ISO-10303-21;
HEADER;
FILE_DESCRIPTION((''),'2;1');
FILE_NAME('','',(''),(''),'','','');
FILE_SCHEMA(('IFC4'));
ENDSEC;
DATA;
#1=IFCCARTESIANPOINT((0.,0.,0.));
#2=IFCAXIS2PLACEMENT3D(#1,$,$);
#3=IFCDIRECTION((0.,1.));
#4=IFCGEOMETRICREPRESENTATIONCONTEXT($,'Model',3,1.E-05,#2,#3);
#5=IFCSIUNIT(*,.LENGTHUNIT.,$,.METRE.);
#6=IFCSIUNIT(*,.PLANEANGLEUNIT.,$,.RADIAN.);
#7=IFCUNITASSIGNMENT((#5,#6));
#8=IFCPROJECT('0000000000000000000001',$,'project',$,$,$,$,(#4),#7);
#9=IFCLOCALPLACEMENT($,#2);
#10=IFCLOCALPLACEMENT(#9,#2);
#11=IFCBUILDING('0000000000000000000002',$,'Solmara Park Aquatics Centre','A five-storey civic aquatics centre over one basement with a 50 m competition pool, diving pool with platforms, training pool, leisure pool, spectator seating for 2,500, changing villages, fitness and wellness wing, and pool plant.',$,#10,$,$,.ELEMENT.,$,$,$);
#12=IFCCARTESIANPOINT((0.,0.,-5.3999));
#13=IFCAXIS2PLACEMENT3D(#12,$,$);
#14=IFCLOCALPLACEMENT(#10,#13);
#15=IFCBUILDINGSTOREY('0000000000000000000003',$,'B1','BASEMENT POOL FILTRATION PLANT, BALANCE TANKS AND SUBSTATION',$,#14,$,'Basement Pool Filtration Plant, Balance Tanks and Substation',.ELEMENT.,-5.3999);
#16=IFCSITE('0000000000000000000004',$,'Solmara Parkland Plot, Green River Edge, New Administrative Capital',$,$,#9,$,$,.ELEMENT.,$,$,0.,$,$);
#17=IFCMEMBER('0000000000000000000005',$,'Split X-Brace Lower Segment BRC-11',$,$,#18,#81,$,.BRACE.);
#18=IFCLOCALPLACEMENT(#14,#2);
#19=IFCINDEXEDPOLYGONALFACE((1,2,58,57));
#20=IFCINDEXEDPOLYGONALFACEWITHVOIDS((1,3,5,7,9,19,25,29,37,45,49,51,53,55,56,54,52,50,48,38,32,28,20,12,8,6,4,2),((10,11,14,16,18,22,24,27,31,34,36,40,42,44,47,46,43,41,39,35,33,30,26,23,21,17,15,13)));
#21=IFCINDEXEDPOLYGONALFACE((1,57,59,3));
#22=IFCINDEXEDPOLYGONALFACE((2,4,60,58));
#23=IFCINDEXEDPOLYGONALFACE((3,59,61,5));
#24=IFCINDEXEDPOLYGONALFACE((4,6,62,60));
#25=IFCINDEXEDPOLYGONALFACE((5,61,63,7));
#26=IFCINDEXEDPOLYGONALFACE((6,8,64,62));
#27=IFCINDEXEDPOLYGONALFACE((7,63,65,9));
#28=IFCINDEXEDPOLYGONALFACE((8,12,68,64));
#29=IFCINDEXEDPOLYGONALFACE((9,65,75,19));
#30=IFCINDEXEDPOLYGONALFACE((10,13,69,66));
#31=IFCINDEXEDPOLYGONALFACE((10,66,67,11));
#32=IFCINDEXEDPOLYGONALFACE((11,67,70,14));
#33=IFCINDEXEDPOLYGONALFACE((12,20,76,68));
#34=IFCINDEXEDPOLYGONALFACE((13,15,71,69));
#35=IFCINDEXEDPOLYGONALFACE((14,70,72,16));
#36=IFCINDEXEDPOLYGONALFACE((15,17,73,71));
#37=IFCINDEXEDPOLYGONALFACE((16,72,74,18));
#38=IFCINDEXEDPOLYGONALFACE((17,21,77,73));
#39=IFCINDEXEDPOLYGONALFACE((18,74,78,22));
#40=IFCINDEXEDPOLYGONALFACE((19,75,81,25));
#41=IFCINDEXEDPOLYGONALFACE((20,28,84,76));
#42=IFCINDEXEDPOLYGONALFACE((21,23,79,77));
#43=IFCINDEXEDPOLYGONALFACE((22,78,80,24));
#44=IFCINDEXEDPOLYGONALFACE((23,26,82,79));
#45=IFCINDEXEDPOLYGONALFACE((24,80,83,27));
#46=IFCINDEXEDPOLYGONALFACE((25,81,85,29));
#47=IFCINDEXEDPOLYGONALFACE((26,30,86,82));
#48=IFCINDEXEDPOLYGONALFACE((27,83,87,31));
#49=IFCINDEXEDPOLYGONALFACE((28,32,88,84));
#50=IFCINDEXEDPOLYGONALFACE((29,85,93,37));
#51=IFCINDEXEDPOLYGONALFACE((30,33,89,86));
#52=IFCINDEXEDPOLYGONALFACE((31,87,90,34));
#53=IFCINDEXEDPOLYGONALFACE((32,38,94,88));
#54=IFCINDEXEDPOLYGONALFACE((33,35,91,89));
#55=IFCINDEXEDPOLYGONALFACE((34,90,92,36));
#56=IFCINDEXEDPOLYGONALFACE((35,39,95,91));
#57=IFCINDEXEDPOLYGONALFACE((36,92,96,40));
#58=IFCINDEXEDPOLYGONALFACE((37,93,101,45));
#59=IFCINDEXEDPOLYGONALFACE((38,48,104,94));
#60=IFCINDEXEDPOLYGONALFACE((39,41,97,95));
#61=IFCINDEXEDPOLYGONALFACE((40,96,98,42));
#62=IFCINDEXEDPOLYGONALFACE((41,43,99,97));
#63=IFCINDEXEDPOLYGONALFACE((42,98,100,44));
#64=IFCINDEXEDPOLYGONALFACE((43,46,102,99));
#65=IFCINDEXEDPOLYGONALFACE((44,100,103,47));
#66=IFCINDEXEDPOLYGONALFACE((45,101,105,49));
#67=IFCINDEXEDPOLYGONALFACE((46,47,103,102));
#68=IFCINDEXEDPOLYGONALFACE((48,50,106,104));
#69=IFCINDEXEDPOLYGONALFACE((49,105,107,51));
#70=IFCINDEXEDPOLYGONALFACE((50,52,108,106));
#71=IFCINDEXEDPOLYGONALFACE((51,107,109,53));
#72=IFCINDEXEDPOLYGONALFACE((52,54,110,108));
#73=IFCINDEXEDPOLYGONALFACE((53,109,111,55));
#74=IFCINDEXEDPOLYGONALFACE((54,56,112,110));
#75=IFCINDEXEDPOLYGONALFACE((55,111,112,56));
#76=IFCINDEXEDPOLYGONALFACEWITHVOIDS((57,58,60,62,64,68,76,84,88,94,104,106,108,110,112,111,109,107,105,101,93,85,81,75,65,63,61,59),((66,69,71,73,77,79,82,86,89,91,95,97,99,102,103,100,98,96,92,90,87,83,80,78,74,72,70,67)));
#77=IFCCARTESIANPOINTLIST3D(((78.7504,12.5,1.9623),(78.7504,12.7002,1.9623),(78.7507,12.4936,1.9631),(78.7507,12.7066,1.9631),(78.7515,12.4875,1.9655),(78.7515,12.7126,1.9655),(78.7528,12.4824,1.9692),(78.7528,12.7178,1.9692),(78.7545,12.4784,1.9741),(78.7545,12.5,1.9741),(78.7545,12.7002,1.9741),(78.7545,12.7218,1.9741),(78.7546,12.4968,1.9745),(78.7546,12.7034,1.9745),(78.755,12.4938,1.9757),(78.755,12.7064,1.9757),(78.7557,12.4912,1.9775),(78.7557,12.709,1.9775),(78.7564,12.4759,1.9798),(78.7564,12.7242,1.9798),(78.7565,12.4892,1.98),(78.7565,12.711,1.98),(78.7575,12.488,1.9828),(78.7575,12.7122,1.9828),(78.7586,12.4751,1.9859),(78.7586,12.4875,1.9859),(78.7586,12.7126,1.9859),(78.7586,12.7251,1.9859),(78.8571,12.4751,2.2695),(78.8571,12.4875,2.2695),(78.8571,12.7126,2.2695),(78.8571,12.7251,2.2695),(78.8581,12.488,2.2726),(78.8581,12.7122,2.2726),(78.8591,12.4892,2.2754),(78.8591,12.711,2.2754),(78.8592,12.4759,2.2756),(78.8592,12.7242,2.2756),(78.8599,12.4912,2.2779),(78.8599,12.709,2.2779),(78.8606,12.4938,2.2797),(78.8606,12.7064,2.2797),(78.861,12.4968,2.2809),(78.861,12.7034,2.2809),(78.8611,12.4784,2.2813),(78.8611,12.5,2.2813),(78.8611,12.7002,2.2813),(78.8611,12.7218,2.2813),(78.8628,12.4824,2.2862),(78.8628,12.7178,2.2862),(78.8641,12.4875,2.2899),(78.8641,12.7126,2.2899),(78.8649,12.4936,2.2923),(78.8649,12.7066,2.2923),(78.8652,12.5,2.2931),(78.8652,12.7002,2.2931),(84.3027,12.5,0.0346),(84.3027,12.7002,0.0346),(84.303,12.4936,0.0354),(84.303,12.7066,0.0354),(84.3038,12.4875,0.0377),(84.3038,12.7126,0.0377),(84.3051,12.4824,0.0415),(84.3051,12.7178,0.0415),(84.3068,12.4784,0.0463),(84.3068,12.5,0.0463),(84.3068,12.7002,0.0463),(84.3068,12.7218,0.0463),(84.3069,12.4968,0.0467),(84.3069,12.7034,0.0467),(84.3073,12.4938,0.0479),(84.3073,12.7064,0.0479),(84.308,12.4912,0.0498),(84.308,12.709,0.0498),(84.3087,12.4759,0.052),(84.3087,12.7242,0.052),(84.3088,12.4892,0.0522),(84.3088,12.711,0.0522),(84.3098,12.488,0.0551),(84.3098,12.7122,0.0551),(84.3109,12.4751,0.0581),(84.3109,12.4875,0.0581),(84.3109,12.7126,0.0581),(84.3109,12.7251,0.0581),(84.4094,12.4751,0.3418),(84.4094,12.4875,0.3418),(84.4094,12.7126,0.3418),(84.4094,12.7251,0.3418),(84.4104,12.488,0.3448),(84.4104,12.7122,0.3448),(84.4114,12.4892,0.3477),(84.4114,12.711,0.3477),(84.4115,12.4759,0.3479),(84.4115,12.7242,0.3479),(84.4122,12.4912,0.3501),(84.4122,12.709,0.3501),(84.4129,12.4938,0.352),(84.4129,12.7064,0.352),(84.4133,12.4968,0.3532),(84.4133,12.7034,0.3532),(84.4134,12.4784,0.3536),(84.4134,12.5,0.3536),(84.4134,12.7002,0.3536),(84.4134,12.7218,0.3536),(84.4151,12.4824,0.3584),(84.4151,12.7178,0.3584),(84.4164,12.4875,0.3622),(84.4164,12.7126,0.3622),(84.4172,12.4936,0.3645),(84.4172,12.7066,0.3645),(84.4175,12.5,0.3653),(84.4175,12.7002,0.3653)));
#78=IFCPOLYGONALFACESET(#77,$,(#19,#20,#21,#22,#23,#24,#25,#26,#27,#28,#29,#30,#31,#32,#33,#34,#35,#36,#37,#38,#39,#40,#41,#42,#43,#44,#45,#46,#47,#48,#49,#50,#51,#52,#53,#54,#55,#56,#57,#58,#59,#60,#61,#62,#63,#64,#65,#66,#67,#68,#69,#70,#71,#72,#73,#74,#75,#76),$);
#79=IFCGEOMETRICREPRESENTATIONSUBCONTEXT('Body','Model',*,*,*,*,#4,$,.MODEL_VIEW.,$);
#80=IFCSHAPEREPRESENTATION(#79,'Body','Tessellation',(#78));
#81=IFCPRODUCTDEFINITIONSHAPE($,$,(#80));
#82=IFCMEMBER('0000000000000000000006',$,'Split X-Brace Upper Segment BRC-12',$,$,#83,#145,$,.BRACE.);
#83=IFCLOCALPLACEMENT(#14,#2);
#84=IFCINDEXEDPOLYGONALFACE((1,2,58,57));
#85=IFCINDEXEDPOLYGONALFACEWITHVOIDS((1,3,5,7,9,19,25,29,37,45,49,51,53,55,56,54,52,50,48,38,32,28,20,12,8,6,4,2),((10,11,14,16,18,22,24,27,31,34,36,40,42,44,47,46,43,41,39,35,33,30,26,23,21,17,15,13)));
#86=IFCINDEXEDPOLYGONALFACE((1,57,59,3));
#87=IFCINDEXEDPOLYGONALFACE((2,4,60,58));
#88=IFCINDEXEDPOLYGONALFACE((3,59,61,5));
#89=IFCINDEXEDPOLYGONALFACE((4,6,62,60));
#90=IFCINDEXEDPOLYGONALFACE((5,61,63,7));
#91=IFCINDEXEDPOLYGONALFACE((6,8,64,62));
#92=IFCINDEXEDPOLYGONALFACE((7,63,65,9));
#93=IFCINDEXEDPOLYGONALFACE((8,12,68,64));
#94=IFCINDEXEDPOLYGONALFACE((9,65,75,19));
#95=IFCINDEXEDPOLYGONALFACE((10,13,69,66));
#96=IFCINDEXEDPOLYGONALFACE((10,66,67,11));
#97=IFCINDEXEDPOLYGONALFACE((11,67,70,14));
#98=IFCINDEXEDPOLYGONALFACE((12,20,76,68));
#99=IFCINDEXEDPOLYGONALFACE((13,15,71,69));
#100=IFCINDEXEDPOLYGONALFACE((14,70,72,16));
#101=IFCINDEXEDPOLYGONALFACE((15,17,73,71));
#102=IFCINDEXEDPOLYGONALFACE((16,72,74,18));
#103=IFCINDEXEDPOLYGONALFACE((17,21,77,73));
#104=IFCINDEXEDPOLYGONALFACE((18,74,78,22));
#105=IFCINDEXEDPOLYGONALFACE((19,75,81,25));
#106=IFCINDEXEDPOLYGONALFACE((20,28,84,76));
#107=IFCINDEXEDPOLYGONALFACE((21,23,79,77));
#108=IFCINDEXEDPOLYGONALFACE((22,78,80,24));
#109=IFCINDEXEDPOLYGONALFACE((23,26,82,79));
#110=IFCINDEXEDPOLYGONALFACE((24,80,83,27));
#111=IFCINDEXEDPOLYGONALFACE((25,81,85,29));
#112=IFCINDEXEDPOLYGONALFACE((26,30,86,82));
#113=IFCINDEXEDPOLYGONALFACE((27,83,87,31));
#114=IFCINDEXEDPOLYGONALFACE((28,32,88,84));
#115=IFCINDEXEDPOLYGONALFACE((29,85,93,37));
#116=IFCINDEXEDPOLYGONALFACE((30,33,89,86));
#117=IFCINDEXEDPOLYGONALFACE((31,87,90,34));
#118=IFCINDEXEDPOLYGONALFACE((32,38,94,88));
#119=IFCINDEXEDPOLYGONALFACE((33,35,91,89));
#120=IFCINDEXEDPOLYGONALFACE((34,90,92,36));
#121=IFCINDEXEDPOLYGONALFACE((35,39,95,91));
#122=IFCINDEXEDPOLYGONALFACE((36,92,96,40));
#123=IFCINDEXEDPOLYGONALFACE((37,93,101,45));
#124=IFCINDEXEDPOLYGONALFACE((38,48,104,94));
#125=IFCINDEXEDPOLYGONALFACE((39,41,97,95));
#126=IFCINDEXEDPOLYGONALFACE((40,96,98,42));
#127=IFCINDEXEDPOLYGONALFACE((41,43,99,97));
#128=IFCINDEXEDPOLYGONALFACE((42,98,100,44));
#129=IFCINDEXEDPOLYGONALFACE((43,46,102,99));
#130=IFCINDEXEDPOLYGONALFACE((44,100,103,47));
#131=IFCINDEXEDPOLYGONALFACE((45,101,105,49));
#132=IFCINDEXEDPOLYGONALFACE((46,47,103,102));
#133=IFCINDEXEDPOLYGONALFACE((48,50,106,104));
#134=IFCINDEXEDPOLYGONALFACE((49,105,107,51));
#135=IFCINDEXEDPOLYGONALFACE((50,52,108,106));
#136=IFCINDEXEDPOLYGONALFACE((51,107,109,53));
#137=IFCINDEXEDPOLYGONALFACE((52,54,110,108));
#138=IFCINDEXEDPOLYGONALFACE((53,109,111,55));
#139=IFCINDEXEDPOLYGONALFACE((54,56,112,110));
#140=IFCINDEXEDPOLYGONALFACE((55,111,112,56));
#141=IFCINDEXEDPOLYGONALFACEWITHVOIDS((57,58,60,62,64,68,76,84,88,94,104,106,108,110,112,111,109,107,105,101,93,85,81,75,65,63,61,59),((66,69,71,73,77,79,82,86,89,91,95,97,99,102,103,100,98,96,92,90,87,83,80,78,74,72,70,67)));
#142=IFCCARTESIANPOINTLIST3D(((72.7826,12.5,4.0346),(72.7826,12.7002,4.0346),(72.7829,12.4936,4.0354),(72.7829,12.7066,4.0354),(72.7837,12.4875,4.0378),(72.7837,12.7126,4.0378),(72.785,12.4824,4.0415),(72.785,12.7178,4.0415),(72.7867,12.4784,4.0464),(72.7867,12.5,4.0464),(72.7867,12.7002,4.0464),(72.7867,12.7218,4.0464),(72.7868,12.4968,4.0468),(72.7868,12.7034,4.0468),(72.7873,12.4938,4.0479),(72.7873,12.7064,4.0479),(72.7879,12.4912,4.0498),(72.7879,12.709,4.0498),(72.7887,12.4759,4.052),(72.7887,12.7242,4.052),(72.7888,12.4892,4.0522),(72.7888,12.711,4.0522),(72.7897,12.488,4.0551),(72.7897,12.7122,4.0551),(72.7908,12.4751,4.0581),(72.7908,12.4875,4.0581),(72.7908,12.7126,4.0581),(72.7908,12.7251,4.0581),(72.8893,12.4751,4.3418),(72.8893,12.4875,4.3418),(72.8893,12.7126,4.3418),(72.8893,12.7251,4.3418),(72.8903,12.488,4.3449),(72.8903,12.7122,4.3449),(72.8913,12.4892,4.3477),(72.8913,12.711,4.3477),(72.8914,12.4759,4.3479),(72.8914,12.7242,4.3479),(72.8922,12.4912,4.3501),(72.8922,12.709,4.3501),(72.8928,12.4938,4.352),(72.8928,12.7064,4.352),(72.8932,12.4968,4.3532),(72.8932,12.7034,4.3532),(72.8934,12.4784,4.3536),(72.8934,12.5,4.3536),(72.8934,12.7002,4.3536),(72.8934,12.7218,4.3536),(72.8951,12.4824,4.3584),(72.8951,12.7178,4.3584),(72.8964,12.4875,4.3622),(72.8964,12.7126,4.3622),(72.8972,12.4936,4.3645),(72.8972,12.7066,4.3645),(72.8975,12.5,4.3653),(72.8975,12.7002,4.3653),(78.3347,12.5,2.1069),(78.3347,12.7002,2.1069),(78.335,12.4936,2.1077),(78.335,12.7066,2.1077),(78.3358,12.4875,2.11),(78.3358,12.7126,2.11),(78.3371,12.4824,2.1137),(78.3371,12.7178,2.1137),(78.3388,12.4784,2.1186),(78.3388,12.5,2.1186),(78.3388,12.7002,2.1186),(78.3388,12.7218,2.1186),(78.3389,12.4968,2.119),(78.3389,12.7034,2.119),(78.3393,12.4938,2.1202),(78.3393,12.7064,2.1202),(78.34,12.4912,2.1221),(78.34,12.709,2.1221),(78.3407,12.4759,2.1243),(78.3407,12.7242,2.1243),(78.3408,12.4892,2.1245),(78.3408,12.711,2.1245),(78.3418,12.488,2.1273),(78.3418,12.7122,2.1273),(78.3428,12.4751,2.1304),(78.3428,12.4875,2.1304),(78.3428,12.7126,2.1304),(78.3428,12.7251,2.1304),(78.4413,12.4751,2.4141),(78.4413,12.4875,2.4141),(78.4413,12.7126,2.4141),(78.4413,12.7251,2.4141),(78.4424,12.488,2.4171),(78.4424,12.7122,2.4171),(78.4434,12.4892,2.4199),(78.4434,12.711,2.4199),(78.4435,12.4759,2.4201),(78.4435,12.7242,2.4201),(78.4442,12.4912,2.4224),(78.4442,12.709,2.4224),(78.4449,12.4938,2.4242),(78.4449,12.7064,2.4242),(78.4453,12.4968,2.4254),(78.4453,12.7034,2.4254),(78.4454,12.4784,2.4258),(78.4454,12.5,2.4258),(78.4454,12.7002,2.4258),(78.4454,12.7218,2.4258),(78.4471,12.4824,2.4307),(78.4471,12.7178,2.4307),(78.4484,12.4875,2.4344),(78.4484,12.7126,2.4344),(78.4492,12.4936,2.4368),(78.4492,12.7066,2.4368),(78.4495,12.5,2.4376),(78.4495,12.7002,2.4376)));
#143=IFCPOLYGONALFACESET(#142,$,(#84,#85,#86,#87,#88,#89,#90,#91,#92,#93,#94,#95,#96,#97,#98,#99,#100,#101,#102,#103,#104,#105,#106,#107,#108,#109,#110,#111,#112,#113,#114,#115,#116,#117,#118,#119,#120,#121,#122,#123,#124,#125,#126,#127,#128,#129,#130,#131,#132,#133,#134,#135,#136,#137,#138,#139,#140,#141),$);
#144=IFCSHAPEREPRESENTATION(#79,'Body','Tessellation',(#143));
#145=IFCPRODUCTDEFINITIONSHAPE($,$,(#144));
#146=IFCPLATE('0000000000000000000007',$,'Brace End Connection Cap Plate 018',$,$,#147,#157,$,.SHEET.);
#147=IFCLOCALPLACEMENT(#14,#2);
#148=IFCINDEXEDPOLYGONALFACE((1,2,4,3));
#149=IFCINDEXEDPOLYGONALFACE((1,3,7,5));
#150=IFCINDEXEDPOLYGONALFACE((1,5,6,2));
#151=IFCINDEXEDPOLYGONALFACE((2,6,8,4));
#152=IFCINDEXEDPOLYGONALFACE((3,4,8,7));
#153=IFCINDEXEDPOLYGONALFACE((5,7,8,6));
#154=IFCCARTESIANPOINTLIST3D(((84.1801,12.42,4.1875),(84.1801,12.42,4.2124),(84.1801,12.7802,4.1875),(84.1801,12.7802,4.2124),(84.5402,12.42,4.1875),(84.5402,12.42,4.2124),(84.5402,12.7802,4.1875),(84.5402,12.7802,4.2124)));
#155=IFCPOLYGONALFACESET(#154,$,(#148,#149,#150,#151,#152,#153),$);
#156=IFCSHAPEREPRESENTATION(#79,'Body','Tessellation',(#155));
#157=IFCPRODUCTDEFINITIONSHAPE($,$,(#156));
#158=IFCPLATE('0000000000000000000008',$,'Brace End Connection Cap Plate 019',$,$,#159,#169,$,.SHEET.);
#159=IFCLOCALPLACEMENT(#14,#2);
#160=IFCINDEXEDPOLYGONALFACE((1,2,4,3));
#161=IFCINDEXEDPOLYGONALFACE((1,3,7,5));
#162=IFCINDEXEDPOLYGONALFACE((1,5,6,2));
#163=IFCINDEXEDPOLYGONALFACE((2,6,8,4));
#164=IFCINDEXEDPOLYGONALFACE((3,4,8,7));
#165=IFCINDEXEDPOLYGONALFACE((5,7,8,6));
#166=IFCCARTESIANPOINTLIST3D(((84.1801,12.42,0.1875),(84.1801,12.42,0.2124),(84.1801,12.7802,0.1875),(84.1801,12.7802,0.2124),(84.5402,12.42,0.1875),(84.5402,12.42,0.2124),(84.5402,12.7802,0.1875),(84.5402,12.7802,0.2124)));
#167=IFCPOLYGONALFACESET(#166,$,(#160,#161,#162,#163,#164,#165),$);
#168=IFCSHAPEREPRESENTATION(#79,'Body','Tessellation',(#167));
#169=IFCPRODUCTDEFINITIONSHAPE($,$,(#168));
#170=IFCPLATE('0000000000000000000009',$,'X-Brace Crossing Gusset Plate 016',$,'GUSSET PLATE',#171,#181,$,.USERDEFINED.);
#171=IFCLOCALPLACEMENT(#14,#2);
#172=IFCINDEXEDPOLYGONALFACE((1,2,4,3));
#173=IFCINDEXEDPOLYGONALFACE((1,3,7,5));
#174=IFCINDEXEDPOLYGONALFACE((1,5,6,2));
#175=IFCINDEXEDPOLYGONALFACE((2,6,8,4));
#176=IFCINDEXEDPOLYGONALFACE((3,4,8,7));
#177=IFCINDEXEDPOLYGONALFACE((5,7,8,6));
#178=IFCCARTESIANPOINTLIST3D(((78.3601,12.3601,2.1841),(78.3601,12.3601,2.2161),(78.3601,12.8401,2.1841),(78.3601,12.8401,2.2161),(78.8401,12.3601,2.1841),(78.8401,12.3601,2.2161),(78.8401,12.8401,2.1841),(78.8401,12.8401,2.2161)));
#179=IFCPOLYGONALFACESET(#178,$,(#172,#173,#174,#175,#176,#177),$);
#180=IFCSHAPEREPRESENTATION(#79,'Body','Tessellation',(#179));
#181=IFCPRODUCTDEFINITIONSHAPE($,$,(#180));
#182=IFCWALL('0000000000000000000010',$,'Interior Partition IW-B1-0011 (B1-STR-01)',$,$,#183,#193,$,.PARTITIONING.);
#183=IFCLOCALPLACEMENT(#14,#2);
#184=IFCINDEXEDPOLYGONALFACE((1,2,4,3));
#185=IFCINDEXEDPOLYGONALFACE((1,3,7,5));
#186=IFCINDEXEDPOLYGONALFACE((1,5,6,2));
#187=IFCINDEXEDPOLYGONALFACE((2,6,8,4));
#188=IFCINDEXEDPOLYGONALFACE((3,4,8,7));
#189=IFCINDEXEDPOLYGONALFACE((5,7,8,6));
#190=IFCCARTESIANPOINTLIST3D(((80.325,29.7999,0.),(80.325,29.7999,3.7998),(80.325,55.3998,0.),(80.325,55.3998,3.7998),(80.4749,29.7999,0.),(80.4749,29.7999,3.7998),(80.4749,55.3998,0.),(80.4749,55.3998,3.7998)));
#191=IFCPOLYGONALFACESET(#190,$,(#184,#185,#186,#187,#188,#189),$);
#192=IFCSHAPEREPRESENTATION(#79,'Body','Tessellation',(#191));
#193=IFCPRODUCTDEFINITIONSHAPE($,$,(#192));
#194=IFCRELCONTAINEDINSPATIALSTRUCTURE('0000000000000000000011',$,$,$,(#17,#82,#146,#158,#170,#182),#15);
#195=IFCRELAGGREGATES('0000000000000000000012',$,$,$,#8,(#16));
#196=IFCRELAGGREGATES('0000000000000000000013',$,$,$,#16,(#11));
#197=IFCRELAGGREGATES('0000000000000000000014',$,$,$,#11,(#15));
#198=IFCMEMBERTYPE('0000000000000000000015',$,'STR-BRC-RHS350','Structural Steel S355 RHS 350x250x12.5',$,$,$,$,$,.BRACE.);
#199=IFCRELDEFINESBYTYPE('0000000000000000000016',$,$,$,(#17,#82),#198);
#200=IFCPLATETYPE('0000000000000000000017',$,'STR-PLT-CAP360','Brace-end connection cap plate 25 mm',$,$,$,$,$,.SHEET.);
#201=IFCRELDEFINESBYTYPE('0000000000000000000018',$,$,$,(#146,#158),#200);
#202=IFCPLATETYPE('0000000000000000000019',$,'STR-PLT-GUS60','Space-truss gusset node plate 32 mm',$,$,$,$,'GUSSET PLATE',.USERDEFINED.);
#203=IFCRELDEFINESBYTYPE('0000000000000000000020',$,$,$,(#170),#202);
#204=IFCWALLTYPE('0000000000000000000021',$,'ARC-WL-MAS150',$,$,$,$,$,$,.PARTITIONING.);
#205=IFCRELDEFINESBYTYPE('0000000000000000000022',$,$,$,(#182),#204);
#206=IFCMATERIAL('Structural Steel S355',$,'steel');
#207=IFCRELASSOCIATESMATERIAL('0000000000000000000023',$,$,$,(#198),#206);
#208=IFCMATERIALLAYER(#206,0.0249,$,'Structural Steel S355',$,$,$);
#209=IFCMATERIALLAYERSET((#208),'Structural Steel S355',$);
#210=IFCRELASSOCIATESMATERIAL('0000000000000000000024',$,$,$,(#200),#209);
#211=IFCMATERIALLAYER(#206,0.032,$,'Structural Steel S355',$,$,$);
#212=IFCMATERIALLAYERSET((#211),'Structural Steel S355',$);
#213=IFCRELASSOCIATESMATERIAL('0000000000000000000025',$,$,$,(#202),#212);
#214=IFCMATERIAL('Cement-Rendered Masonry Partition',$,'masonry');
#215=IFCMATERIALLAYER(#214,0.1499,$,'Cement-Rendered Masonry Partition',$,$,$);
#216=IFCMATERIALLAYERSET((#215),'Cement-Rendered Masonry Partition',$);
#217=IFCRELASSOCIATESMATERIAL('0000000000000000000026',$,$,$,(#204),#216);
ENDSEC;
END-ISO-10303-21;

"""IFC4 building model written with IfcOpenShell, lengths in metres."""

from ifc_helpers import new_model, si_unit, direction, frame, frame_2d, origin, origin_2d, place, context, subcontext, project, spatial, rectangle, hollow_rectangle, extrude, material, layer, layer_set, material_profile, profile_set, type_object, element, save


model = new_model("IFC4")

# Units and contexts
model_context = context("Model", 3, precision=1e-05, world=origin(), true_north=direction((0.0, 1.0)))
body_context = subcontext(model_context, "Body", "Model", "MODEL_VIEW")
ifc_project = project(units=[si_unit("LENGTHUNIT", "METRE"), si_unit("PLANEANGLEUNIT", "RADIAN")], contexts=[model_context])

# Site, building, storey
site_placement = place(None, origin())
site = spatial("IfcSite", under=ifc_project, at=site_placement, Name="Solmara Parkland Plot, Green River Edge, New Administrative Capital", CompositionType="ELEMENT", RefElevation=0.0)
building_placement = place(site_placement, origin())
building = spatial("IfcBuilding", under=site, at=building_placement, Name="Solmara Park Aquatics Centre", Description="A five-storey civic aquatics centre over one basement with a 50 m competition pool, diving pool with platforms, training pool, leisure pool, spectator seating for 2,500, changing villages, fitness and wellness wing, and pool plant.", CompositionType="ELEMENT")
storey_placement = place(building_placement, frame((0.0, 0.0, -5.3999)))
storey = spatial("IfcBuildingStorey", under=building, at=storey_placement, Name="B1", Description="BASEMENT POOL FILTRATION PLANT, BALANCE TANKS AND SUBSTATION", LongName="Basement Pool Filtration Plant, Balance Tanks and Substation", CompositionType="ELEMENT", Elevation=-5.3999)

# Shared definitions
ifc_material_1 = material(Name="Structural Steel S355", Category="steel")

# Members
ifc_material_profile_1 = material_profile(ifc_material_1, hollow_rectangle(XDim=0.25, YDim=0.3501, WallThickness=0.0125, InnerFilletRadius=0.0125, OuterFilletRadius=0.0249, at=origin_2d()), Name="RHS 350x250x12.5")
ifc_profile_set_1 = profile_set([ifc_material_profile_1], Name="Structural Steel S355")
member_type = type_object("IfcMemberType", Name="STR-BRC-RHS350", Description="Structural Steel S355 RHS 350x250x12.5", PredefinedType="BRACE", material=ifc_profile_set_1)
member_1_placement = place(storey_placement, frame((84.3601, 12.6001, 0.2), z_axis=(-0.94468, 0.0, 0.327992), x_axis=(0.0, -1.0, 0.0)))
element("IfcMember", 1, at=member_1_placement, inside=storey, type_object=member_type, Name="Split X-Brace Lower Segment BRC-11", PredefinedType="BRACE", context=body_context, shape_type="SweptSolid", body=[
    extrude(hollow_rectangle(XDim=0.25, YDim=0.3501, WallThickness=0.0125, InnerFilletRadius=0.0125, OuterFilletRadius=0.0249, at=origin_2d()), origin(), (0.0, 0.0, 1.0), 5.8774),
])
member_2_placement = place(storey_placement, frame((78.3921, 12.6001, 2.2722), z_axis=(-0.944676, 0.0, 0.328005), x_axis=(0.0, -1.0, 0.0)))
element("IfcMember", 2, at=member_2_placement, inside=storey, type_object=member_type, Name="Split X-Brace Upper Segment BRC-12", PredefinedType="BRACE", context=body_context, shape_type="SweptSolid", body=[
    extrude(hollow_rectangle(XDim=0.25, YDim=0.3501, WallThickness=0.0125, InnerFilletRadius=0.0125, OuterFilletRadius=0.0249, at=origin_2d()), origin(), (0.0, 0.0, 1.0), 5.8772),
])

# Plates
ifc_layer_1 = layer(ifc_material_1, 0.0249, Name="Structural Steel S355")
ifc_layer_set_1 = layer_set([ifc_layer_1], Name="Structural Steel S355")
plate_type_1 = type_object("IfcPlateType", Name="STR-PLT-CAP360", Description="Brace-end connection cap plate 25 mm", PredefinedType="SHEET", material=ifc_layer_set_1)
for number, where, z_axis, x_axis, name in (
    (3, (84.3601, 12.6001, 4.1875), (0.0, 0.0, 1.0), (1.0, 0.0, 0.0), "Brace End Connection Cap Plate 018"),
    (4, (84.3601, 12.6001, 0.1875), (0.0, 0.0, 1.0), (1.0, 0.0, 0.0), "Brace End Connection Cap Plate 019"),
):
    element("IfcPlate", number, at=place(storey_placement, frame(where, z_axis=z_axis, x_axis=x_axis)), inside=storey, type_object=plate_type_1, Name=name, PredefinedType="SHEET", context=body_context, shape_type="SweptSolid", body=[
        extrude(rectangle(XDim=0.3601, YDim=0.3601, at=origin_2d()), origin(), (0.0, 0.0, 1.0), 0.0249),
    ])
ifc_layer_2 = layer(ifc_material_1, 0.032, Name="Structural Steel S355")
ifc_layer_set_2 = layer_set([ifc_layer_2], Name="Structural Steel S355")
plate_type_2 = type_object("IfcPlateType", Name="STR-PLT-GUS60", Description="Space-truss gusset node plate 32 mm", ElementType="GUSSET PLATE", PredefinedType="USERDEFINED", material=ifc_layer_set_2)
plate_placement = place(storey_placement, frame((78.6001, 12.6001, 2.1841), z_axis=(0.0, 0.0, 1.0), x_axis=(1.0, 0.0, 0.0)))
element("IfcPlate", 5, at=plate_placement, inside=storey, type_object=plate_type_2, Name="X-Brace Crossing Gusset Plate 016", ObjectType="GUSSET PLATE", PredefinedType="USERDEFINED", context=body_context, shape_type="SweptSolid", body=[
    extrude(rectangle(XDim=0.48, YDim=0.48, at=origin_2d()), origin(), (0.0, 0.0, 1.0), 0.032),
])

# Wall
ifc_material_2 = material(Name="Cement-Rendered Masonry Partition", Category="masonry")
ifc_layer_3 = layer(ifc_material_2, 0.1499, Name="Cement-Rendered Masonry Partition")
ifc_layer_set_3 = layer_set([ifc_layer_3], Name="Cement-Rendered Masonry Partition")
wall_type = type_object("IfcWallType", Name="ARC-WL-MAS150", PredefinedType="PARTITIONING", material=ifc_layer_set_3)
wall_1_placement = place(storey_placement, frame((80.3999, 29.8, 0.0), z_axis=(0.0, 0.0, 1.0), x_axis=(0.0, 1.0, 0.0)))
element("IfcWall", 6, at=wall_1_placement, inside=storey, type_object=wall_type, Name="Interior Partition IW-B1-0011 (B1-STR-01)", PredefinedType="PARTITIONING", context=body_context, shape_type="SweptSolid", body=[
    extrude(rectangle(XDim=25.5999, YDim=0.1499, at=frame_2d((12.7998, 0.0))), origin(), (0.0, 0.0, 1.0), 3.7998),
])

save(model, "model.ifc")
